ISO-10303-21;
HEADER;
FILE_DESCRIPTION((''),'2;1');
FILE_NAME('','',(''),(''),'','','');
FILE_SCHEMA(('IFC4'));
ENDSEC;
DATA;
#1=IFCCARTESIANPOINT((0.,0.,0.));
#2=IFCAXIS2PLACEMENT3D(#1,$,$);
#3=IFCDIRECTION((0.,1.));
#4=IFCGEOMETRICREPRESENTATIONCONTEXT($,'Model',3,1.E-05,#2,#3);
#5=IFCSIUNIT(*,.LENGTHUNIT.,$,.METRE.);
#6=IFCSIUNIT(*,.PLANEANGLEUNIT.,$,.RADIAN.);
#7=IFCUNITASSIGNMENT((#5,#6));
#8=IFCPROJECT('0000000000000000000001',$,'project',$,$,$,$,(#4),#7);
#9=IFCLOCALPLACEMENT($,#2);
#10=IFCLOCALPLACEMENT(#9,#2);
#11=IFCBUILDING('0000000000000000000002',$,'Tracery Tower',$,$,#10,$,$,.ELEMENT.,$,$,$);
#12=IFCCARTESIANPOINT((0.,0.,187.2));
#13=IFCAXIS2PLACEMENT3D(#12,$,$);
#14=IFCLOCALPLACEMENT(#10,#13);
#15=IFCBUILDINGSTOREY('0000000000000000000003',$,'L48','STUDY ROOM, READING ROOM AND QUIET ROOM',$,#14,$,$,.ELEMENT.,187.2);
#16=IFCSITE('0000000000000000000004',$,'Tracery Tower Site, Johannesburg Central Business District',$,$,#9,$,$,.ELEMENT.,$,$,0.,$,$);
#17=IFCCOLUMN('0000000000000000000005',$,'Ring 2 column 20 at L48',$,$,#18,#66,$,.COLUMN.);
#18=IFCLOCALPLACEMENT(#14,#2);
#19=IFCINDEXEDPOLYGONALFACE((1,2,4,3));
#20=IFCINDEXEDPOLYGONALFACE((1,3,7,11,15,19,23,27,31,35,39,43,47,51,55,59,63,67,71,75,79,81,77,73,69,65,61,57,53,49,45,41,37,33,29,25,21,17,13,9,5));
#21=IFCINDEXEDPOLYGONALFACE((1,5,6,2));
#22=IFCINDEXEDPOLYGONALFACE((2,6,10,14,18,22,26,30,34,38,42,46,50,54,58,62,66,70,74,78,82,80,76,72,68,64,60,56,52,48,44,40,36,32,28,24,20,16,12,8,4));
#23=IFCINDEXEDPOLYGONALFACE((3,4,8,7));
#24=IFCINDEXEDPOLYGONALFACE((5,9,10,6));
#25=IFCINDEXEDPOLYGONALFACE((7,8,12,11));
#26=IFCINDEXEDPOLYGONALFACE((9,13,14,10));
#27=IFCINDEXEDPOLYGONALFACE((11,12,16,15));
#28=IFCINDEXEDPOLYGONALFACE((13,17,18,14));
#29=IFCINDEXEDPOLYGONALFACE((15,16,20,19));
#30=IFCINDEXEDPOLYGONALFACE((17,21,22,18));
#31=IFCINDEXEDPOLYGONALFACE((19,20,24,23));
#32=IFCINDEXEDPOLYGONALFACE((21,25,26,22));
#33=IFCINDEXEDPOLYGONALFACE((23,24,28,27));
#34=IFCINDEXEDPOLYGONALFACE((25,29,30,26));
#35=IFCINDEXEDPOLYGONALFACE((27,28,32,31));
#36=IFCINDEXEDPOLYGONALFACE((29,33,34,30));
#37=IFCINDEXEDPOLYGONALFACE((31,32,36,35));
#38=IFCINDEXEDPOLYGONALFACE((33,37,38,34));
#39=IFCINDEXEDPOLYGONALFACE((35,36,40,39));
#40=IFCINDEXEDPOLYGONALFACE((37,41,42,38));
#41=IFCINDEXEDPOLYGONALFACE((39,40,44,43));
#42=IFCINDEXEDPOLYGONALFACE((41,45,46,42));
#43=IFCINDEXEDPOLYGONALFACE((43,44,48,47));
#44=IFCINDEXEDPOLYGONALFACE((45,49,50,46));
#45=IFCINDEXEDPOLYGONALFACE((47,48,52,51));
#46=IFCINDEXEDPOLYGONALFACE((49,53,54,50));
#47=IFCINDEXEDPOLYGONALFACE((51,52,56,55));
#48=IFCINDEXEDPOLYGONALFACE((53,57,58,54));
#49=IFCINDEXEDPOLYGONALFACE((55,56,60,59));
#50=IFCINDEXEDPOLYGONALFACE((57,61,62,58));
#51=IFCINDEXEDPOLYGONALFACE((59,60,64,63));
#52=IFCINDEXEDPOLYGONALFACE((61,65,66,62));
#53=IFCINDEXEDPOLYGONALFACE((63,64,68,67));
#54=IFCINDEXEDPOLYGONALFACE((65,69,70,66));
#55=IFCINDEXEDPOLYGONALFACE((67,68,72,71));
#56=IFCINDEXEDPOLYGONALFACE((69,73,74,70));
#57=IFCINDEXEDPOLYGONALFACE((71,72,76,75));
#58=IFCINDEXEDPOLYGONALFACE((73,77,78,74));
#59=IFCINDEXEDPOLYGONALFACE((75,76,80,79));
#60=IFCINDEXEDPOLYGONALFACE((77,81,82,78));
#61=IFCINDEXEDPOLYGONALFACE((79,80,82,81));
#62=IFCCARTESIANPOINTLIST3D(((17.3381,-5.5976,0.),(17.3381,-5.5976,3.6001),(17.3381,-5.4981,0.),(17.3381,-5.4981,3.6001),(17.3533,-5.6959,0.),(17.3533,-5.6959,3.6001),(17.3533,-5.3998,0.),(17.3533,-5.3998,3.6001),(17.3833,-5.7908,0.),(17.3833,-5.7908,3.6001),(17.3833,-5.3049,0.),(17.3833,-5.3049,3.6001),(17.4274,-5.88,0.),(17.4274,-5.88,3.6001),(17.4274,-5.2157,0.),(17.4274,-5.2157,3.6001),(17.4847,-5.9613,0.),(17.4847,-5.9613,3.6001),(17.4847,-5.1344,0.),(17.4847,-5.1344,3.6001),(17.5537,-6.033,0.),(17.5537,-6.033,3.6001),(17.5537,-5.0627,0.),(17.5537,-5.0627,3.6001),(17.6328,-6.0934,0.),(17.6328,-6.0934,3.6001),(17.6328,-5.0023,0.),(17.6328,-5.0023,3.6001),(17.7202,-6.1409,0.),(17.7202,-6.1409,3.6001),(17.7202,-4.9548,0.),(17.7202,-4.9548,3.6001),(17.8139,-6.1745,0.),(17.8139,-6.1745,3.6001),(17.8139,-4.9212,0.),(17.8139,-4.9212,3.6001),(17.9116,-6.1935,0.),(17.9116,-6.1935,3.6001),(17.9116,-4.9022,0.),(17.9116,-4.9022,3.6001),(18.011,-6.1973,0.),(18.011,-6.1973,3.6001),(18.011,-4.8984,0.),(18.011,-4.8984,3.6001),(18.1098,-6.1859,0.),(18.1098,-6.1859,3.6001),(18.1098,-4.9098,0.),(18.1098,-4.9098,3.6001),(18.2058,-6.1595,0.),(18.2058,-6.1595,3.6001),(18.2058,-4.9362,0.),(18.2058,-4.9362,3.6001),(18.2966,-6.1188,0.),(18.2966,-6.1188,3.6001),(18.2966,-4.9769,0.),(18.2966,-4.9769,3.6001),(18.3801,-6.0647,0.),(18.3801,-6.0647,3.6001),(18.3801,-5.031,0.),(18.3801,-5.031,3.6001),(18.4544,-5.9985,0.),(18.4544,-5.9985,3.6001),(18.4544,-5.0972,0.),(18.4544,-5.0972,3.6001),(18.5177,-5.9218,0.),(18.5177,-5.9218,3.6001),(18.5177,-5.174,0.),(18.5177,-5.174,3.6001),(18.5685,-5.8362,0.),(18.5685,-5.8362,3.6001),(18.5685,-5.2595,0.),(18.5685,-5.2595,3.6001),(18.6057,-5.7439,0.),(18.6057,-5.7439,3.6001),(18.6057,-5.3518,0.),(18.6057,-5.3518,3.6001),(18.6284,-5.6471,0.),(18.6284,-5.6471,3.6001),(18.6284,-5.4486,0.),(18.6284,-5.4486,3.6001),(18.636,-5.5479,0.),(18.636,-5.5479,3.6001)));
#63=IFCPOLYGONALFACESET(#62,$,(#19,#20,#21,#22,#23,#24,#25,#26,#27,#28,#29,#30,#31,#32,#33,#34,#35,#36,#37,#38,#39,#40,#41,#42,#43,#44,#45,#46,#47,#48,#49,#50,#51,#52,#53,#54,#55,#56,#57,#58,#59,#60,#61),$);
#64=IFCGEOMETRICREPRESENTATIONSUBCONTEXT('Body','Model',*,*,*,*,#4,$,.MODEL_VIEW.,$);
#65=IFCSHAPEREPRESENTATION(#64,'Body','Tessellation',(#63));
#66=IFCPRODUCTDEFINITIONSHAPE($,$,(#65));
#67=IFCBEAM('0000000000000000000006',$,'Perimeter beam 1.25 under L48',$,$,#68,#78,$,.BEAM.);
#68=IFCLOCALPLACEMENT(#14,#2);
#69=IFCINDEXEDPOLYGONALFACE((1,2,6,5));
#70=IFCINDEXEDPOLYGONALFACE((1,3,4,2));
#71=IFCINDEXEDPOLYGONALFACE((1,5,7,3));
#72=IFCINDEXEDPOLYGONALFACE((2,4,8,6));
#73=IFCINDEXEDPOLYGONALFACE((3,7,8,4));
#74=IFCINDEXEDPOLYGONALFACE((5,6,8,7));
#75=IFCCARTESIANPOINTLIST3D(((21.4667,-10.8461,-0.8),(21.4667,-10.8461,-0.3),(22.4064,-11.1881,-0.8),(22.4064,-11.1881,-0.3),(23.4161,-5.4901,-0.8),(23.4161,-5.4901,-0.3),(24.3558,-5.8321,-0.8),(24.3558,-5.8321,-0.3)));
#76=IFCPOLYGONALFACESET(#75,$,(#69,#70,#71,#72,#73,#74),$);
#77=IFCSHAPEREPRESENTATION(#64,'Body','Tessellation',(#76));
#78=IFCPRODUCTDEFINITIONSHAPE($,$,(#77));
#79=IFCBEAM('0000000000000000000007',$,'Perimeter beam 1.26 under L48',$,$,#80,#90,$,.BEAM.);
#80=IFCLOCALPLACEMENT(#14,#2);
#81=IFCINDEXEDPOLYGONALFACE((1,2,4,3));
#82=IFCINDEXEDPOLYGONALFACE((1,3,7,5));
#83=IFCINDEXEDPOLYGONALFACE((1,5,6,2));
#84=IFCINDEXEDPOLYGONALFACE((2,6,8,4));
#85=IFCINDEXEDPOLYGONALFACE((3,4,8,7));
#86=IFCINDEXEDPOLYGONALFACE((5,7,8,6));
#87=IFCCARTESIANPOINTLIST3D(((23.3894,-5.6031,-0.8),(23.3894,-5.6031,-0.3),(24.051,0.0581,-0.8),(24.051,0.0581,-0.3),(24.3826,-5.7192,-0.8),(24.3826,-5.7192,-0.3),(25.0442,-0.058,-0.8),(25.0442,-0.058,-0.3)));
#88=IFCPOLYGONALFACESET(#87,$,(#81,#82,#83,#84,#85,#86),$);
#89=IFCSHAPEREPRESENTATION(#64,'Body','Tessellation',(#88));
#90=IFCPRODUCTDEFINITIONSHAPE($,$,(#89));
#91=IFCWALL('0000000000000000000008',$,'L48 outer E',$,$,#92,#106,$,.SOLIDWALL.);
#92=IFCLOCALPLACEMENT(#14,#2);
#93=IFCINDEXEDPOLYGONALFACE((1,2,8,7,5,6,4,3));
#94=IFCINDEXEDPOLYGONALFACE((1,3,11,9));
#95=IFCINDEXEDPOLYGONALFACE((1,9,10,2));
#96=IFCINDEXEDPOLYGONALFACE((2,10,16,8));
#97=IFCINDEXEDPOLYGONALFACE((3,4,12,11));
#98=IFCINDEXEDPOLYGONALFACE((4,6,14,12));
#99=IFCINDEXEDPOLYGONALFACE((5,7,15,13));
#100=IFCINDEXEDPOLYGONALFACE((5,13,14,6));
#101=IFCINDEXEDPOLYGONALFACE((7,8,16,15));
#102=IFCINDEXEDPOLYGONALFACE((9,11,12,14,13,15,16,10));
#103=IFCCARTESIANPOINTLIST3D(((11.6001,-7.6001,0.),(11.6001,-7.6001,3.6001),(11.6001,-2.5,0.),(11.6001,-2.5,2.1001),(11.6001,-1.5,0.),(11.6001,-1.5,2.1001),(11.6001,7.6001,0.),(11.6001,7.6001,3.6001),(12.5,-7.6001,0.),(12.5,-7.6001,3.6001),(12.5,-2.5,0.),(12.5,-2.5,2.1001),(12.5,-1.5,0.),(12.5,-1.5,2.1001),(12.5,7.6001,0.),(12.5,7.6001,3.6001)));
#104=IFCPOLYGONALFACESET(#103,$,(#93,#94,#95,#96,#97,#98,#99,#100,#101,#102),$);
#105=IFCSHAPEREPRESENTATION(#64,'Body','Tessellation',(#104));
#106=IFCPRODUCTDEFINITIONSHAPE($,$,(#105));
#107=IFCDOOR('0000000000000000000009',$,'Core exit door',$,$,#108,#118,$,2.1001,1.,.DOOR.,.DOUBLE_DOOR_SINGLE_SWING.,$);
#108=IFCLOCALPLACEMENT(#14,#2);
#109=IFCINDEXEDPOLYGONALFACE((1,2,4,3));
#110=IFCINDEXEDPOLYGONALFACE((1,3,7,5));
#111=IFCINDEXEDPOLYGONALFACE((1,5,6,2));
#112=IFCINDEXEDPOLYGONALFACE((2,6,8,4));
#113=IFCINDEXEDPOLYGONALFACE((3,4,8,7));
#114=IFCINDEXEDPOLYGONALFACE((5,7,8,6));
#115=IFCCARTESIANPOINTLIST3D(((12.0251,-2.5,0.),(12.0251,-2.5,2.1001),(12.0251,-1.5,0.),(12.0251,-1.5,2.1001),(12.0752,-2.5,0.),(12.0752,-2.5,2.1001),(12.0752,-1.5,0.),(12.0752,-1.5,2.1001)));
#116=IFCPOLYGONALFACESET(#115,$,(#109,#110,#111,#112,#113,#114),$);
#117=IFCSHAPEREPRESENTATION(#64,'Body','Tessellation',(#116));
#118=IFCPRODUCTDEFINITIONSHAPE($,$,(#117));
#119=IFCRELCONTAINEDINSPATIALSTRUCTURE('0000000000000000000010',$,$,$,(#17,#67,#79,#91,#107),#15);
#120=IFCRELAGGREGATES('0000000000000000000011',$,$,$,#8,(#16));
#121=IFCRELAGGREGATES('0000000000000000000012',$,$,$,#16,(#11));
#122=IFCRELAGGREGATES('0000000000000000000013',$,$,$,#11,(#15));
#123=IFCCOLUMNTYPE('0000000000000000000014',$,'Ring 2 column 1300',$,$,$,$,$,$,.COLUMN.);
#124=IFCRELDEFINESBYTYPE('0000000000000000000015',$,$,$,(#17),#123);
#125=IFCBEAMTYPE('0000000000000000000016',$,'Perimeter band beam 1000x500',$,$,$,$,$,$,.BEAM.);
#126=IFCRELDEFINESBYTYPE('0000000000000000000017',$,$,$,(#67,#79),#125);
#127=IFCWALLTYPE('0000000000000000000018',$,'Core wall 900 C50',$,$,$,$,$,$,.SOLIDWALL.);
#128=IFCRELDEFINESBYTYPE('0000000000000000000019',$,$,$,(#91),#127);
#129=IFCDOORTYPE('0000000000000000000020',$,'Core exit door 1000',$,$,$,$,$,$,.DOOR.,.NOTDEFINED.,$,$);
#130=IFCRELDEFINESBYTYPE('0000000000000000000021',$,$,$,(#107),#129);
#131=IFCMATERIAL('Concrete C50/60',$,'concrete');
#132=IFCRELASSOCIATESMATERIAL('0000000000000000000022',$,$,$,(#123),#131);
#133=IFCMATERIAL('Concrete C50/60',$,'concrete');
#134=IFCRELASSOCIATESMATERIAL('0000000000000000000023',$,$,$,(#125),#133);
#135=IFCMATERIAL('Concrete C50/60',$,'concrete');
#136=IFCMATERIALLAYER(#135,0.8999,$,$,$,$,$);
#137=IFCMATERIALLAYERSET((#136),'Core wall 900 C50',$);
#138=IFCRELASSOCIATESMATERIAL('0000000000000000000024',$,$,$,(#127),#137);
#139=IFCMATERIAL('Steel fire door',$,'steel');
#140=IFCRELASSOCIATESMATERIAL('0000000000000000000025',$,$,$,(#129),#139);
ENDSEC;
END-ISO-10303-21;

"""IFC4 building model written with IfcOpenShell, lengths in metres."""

from ifc_helpers import new_model, si_unit, direction, frame, frame_2d, origin, origin_2d, place, context, subcontext, project, spatial, rectangle, circle, extrude, material, layer, layer_set, material_profile, profile_set, type_object, element, fill, save


model = new_model("IFC4")

# Units and contexts
model_context = context("Model", 3, precision=1e-05, world=origin(), true_north=direction((0.0, 1.0)))
body_context = subcontext(model_context, "Body", "Model", "MODEL_VIEW")
ifc_project = project(units=[si_unit("LENGTHUNIT", "METRE"), si_unit("PLANEANGLEUNIT", "RADIAN")], contexts=[model_context])

# Site, building, storey
site_placement = place(None, origin())
site = spatial("IfcSite", under=ifc_project, at=site_placement, Name="Tracery Tower Site, Johannesburg Central Business District", CompositionType="ELEMENT", RefElevation=0.0)
building_placement = place(site_placement, origin())
building = spatial("IfcBuilding", under=site, at=building_placement, Name="Tracery Tower", CompositionType="ELEMENT")
storey_placement = place(building_placement, frame((0.0, 0.0, 187.2)))
storey = spatial("IfcBuildingStorey", under=building, at=storey_placement, Name="L48", Description="STUDY ROOM, READING ROOM AND QUIET ROOM", CompositionType="ELEMENT", Elevation=187.2)

# Column
ifc_material_1 = material(Name="Concrete C50/60", Category="concrete")
ifc_material_profile_1 = material_profile(ifc_material_1, circle(Radius=0.6499, at=origin_2d()), Name="RC D1300")
ifc_profile_set_1 = profile_set([ifc_material_profile_1], Name="Concrete C50/60")
column_type_1 = type_object("IfcColumnType", Name="Ring 2 column 1300", PredefinedType="COLUMN", material=ifc_profile_set_1)
for number, where, z_axis, x_axis, name in (
    (1, (17.9861, -5.5479, 0.0), (0.0, 0.0, 1.0), (1.0, 0.0, 0.0), "Ring 2 column 20 at L48"),
):
    element("IfcColumn", number, at=place(storey_placement, frame(where, z_axis=z_axis, x_axis=x_axis)), inside=storey, type_object=column_type_1, Name=name, PredefinedType="COLUMN", context=body_context, shape_type="SweptSolid", body=[
        extrude(circle(Radius=0.6499, at=origin_2d()), origin(), (0.0, 0.0, 1.0), 3.6001),
    ])

# Beams
ifc_material_2 = material(Name="Concrete C50/60", Category="concrete")
ifc_material_profile_2 = material_profile(ifc_material_2, rectangle(XDim=1.0, YDim=0.5, at=origin_2d()), Name="RC 1000x500")
ifc_profile_set_2 = profile_set([ifc_material_profile_2], Name="Concrete C50/60")
beam_type = type_object("IfcBeamType", Name="Perimeter band beam 1000x500", PredefinedType="BEAM", material=ifc_profile_set_2)
for number, where, z_axis, x_axis, name in (
    (2, (21.9365, -11.0171, -0.55), (0.342029, 0.93969, 0.0), (-0.93969, 0.342029, 0.0), "Perimeter beam 1.25 under L48"),
    (3, (23.886, -5.6611, -0.55), (0.116081, 0.99324, 0.0), (-0.99324, 0.116081, 0.0), "Perimeter beam 1.26 under L48"),
):
    element("IfcBeam", number, at=place(storey_placement, frame(where, z_axis=z_axis, x_axis=x_axis)), inside=storey, type_object=beam_type, Name=name, PredefinedType="BEAM", context=body_context, shape_type="SweptSolid", body=[
        extrude(rectangle(XDim=1.0, YDim=0.5, at=origin_2d()), origin(), (0.0, 0.0, 1.0), 5.6997),
    ])

# Wall, opening, door
ifc_material_3 = material(Name="Concrete C50/60", Category="concrete")
ifc_layer_1 = layer(ifc_material_3, 0.8999)
ifc_layer_set_1 = layer_set([ifc_layer_1], Name="Core wall 900 C50")
wall_type_1 = type_object("IfcWallType", Name="Core wall 900 C50", PredefinedType="SOLIDWALL", material=ifc_layer_set_1)
wall_1_placement = place(storey_placement, frame((12.05, -7.6001, 0.0), z_axis=(0.0, 0.0, 1.0), x_axis=(0.0, 1.0, 0.0)))
wall_1 = element("IfcWall", 4, at=wall_1_placement, inside=storey, type_object=wall_type_1, Name="L48 outer E", PredefinedType="SOLIDWALL", context=body_context, shape_type="SweptSolid", body=[
    extrude(rectangle(XDim=15.2002, YDim=0.8999, at=frame_2d((7.6001, 0.0))), origin(), (0.0, 0.0, 1.0), 3.6001),
])
opening_1_placement = place(wall_1_placement, frame((5.1001, 0.0, 0.0)))
opening_1 = element("IfcOpeningElement", 5, at=opening_1_placement, cuts=wall_1, PredefinedType="OPENING", context=body_context, shape_type="SweptSolid", body=[
    extrude(rectangle(XDim=1.0, YDim=2.1001, at=frame_2d((0.5, 1.05))), frame((0.0, 0.45, 0.0), z_axis=(0.0, -1.0, 0.0), x_axis=(1.0, 0.0, 0.0)), (0.0, 0.0, 1.0), 0.8999),
])
ifc_material_4 = material(Name="Steel fire door", Category="steel")
door_type_1 = type_object("IfcDoorType", Name="Core exit door 1000", OperationType="NOTDEFINED", PredefinedType="DOOR", material=ifc_material_4)
door_1_placement = place(opening_1_placement, origin())
door_1 = element("IfcDoor", 6, at=door_1_placement, inside=storey, type_object=door_type_1, Name="Core exit door", OperationType="DOUBLE_DOOR_SINGLE_SWING", OverallHeight=2.1001, OverallWidth=1.0, PredefinedType="DOOR", context=body_context, shape_type="SweptSolid", body=[
    extrude(rectangle(XDim=1.0, YDim=2.1001, at=frame_2d((0.5, 1.05))), frame((0.0, 0.0249, 0.0), z_axis=(0.0, -1.0, 0.0), x_axis=(1.0, 0.0, 0.0)), (0.0, 0.0, 1.0), 0.05),
])
fill(opening_1, door_1)

save(model, "model.ifc")
